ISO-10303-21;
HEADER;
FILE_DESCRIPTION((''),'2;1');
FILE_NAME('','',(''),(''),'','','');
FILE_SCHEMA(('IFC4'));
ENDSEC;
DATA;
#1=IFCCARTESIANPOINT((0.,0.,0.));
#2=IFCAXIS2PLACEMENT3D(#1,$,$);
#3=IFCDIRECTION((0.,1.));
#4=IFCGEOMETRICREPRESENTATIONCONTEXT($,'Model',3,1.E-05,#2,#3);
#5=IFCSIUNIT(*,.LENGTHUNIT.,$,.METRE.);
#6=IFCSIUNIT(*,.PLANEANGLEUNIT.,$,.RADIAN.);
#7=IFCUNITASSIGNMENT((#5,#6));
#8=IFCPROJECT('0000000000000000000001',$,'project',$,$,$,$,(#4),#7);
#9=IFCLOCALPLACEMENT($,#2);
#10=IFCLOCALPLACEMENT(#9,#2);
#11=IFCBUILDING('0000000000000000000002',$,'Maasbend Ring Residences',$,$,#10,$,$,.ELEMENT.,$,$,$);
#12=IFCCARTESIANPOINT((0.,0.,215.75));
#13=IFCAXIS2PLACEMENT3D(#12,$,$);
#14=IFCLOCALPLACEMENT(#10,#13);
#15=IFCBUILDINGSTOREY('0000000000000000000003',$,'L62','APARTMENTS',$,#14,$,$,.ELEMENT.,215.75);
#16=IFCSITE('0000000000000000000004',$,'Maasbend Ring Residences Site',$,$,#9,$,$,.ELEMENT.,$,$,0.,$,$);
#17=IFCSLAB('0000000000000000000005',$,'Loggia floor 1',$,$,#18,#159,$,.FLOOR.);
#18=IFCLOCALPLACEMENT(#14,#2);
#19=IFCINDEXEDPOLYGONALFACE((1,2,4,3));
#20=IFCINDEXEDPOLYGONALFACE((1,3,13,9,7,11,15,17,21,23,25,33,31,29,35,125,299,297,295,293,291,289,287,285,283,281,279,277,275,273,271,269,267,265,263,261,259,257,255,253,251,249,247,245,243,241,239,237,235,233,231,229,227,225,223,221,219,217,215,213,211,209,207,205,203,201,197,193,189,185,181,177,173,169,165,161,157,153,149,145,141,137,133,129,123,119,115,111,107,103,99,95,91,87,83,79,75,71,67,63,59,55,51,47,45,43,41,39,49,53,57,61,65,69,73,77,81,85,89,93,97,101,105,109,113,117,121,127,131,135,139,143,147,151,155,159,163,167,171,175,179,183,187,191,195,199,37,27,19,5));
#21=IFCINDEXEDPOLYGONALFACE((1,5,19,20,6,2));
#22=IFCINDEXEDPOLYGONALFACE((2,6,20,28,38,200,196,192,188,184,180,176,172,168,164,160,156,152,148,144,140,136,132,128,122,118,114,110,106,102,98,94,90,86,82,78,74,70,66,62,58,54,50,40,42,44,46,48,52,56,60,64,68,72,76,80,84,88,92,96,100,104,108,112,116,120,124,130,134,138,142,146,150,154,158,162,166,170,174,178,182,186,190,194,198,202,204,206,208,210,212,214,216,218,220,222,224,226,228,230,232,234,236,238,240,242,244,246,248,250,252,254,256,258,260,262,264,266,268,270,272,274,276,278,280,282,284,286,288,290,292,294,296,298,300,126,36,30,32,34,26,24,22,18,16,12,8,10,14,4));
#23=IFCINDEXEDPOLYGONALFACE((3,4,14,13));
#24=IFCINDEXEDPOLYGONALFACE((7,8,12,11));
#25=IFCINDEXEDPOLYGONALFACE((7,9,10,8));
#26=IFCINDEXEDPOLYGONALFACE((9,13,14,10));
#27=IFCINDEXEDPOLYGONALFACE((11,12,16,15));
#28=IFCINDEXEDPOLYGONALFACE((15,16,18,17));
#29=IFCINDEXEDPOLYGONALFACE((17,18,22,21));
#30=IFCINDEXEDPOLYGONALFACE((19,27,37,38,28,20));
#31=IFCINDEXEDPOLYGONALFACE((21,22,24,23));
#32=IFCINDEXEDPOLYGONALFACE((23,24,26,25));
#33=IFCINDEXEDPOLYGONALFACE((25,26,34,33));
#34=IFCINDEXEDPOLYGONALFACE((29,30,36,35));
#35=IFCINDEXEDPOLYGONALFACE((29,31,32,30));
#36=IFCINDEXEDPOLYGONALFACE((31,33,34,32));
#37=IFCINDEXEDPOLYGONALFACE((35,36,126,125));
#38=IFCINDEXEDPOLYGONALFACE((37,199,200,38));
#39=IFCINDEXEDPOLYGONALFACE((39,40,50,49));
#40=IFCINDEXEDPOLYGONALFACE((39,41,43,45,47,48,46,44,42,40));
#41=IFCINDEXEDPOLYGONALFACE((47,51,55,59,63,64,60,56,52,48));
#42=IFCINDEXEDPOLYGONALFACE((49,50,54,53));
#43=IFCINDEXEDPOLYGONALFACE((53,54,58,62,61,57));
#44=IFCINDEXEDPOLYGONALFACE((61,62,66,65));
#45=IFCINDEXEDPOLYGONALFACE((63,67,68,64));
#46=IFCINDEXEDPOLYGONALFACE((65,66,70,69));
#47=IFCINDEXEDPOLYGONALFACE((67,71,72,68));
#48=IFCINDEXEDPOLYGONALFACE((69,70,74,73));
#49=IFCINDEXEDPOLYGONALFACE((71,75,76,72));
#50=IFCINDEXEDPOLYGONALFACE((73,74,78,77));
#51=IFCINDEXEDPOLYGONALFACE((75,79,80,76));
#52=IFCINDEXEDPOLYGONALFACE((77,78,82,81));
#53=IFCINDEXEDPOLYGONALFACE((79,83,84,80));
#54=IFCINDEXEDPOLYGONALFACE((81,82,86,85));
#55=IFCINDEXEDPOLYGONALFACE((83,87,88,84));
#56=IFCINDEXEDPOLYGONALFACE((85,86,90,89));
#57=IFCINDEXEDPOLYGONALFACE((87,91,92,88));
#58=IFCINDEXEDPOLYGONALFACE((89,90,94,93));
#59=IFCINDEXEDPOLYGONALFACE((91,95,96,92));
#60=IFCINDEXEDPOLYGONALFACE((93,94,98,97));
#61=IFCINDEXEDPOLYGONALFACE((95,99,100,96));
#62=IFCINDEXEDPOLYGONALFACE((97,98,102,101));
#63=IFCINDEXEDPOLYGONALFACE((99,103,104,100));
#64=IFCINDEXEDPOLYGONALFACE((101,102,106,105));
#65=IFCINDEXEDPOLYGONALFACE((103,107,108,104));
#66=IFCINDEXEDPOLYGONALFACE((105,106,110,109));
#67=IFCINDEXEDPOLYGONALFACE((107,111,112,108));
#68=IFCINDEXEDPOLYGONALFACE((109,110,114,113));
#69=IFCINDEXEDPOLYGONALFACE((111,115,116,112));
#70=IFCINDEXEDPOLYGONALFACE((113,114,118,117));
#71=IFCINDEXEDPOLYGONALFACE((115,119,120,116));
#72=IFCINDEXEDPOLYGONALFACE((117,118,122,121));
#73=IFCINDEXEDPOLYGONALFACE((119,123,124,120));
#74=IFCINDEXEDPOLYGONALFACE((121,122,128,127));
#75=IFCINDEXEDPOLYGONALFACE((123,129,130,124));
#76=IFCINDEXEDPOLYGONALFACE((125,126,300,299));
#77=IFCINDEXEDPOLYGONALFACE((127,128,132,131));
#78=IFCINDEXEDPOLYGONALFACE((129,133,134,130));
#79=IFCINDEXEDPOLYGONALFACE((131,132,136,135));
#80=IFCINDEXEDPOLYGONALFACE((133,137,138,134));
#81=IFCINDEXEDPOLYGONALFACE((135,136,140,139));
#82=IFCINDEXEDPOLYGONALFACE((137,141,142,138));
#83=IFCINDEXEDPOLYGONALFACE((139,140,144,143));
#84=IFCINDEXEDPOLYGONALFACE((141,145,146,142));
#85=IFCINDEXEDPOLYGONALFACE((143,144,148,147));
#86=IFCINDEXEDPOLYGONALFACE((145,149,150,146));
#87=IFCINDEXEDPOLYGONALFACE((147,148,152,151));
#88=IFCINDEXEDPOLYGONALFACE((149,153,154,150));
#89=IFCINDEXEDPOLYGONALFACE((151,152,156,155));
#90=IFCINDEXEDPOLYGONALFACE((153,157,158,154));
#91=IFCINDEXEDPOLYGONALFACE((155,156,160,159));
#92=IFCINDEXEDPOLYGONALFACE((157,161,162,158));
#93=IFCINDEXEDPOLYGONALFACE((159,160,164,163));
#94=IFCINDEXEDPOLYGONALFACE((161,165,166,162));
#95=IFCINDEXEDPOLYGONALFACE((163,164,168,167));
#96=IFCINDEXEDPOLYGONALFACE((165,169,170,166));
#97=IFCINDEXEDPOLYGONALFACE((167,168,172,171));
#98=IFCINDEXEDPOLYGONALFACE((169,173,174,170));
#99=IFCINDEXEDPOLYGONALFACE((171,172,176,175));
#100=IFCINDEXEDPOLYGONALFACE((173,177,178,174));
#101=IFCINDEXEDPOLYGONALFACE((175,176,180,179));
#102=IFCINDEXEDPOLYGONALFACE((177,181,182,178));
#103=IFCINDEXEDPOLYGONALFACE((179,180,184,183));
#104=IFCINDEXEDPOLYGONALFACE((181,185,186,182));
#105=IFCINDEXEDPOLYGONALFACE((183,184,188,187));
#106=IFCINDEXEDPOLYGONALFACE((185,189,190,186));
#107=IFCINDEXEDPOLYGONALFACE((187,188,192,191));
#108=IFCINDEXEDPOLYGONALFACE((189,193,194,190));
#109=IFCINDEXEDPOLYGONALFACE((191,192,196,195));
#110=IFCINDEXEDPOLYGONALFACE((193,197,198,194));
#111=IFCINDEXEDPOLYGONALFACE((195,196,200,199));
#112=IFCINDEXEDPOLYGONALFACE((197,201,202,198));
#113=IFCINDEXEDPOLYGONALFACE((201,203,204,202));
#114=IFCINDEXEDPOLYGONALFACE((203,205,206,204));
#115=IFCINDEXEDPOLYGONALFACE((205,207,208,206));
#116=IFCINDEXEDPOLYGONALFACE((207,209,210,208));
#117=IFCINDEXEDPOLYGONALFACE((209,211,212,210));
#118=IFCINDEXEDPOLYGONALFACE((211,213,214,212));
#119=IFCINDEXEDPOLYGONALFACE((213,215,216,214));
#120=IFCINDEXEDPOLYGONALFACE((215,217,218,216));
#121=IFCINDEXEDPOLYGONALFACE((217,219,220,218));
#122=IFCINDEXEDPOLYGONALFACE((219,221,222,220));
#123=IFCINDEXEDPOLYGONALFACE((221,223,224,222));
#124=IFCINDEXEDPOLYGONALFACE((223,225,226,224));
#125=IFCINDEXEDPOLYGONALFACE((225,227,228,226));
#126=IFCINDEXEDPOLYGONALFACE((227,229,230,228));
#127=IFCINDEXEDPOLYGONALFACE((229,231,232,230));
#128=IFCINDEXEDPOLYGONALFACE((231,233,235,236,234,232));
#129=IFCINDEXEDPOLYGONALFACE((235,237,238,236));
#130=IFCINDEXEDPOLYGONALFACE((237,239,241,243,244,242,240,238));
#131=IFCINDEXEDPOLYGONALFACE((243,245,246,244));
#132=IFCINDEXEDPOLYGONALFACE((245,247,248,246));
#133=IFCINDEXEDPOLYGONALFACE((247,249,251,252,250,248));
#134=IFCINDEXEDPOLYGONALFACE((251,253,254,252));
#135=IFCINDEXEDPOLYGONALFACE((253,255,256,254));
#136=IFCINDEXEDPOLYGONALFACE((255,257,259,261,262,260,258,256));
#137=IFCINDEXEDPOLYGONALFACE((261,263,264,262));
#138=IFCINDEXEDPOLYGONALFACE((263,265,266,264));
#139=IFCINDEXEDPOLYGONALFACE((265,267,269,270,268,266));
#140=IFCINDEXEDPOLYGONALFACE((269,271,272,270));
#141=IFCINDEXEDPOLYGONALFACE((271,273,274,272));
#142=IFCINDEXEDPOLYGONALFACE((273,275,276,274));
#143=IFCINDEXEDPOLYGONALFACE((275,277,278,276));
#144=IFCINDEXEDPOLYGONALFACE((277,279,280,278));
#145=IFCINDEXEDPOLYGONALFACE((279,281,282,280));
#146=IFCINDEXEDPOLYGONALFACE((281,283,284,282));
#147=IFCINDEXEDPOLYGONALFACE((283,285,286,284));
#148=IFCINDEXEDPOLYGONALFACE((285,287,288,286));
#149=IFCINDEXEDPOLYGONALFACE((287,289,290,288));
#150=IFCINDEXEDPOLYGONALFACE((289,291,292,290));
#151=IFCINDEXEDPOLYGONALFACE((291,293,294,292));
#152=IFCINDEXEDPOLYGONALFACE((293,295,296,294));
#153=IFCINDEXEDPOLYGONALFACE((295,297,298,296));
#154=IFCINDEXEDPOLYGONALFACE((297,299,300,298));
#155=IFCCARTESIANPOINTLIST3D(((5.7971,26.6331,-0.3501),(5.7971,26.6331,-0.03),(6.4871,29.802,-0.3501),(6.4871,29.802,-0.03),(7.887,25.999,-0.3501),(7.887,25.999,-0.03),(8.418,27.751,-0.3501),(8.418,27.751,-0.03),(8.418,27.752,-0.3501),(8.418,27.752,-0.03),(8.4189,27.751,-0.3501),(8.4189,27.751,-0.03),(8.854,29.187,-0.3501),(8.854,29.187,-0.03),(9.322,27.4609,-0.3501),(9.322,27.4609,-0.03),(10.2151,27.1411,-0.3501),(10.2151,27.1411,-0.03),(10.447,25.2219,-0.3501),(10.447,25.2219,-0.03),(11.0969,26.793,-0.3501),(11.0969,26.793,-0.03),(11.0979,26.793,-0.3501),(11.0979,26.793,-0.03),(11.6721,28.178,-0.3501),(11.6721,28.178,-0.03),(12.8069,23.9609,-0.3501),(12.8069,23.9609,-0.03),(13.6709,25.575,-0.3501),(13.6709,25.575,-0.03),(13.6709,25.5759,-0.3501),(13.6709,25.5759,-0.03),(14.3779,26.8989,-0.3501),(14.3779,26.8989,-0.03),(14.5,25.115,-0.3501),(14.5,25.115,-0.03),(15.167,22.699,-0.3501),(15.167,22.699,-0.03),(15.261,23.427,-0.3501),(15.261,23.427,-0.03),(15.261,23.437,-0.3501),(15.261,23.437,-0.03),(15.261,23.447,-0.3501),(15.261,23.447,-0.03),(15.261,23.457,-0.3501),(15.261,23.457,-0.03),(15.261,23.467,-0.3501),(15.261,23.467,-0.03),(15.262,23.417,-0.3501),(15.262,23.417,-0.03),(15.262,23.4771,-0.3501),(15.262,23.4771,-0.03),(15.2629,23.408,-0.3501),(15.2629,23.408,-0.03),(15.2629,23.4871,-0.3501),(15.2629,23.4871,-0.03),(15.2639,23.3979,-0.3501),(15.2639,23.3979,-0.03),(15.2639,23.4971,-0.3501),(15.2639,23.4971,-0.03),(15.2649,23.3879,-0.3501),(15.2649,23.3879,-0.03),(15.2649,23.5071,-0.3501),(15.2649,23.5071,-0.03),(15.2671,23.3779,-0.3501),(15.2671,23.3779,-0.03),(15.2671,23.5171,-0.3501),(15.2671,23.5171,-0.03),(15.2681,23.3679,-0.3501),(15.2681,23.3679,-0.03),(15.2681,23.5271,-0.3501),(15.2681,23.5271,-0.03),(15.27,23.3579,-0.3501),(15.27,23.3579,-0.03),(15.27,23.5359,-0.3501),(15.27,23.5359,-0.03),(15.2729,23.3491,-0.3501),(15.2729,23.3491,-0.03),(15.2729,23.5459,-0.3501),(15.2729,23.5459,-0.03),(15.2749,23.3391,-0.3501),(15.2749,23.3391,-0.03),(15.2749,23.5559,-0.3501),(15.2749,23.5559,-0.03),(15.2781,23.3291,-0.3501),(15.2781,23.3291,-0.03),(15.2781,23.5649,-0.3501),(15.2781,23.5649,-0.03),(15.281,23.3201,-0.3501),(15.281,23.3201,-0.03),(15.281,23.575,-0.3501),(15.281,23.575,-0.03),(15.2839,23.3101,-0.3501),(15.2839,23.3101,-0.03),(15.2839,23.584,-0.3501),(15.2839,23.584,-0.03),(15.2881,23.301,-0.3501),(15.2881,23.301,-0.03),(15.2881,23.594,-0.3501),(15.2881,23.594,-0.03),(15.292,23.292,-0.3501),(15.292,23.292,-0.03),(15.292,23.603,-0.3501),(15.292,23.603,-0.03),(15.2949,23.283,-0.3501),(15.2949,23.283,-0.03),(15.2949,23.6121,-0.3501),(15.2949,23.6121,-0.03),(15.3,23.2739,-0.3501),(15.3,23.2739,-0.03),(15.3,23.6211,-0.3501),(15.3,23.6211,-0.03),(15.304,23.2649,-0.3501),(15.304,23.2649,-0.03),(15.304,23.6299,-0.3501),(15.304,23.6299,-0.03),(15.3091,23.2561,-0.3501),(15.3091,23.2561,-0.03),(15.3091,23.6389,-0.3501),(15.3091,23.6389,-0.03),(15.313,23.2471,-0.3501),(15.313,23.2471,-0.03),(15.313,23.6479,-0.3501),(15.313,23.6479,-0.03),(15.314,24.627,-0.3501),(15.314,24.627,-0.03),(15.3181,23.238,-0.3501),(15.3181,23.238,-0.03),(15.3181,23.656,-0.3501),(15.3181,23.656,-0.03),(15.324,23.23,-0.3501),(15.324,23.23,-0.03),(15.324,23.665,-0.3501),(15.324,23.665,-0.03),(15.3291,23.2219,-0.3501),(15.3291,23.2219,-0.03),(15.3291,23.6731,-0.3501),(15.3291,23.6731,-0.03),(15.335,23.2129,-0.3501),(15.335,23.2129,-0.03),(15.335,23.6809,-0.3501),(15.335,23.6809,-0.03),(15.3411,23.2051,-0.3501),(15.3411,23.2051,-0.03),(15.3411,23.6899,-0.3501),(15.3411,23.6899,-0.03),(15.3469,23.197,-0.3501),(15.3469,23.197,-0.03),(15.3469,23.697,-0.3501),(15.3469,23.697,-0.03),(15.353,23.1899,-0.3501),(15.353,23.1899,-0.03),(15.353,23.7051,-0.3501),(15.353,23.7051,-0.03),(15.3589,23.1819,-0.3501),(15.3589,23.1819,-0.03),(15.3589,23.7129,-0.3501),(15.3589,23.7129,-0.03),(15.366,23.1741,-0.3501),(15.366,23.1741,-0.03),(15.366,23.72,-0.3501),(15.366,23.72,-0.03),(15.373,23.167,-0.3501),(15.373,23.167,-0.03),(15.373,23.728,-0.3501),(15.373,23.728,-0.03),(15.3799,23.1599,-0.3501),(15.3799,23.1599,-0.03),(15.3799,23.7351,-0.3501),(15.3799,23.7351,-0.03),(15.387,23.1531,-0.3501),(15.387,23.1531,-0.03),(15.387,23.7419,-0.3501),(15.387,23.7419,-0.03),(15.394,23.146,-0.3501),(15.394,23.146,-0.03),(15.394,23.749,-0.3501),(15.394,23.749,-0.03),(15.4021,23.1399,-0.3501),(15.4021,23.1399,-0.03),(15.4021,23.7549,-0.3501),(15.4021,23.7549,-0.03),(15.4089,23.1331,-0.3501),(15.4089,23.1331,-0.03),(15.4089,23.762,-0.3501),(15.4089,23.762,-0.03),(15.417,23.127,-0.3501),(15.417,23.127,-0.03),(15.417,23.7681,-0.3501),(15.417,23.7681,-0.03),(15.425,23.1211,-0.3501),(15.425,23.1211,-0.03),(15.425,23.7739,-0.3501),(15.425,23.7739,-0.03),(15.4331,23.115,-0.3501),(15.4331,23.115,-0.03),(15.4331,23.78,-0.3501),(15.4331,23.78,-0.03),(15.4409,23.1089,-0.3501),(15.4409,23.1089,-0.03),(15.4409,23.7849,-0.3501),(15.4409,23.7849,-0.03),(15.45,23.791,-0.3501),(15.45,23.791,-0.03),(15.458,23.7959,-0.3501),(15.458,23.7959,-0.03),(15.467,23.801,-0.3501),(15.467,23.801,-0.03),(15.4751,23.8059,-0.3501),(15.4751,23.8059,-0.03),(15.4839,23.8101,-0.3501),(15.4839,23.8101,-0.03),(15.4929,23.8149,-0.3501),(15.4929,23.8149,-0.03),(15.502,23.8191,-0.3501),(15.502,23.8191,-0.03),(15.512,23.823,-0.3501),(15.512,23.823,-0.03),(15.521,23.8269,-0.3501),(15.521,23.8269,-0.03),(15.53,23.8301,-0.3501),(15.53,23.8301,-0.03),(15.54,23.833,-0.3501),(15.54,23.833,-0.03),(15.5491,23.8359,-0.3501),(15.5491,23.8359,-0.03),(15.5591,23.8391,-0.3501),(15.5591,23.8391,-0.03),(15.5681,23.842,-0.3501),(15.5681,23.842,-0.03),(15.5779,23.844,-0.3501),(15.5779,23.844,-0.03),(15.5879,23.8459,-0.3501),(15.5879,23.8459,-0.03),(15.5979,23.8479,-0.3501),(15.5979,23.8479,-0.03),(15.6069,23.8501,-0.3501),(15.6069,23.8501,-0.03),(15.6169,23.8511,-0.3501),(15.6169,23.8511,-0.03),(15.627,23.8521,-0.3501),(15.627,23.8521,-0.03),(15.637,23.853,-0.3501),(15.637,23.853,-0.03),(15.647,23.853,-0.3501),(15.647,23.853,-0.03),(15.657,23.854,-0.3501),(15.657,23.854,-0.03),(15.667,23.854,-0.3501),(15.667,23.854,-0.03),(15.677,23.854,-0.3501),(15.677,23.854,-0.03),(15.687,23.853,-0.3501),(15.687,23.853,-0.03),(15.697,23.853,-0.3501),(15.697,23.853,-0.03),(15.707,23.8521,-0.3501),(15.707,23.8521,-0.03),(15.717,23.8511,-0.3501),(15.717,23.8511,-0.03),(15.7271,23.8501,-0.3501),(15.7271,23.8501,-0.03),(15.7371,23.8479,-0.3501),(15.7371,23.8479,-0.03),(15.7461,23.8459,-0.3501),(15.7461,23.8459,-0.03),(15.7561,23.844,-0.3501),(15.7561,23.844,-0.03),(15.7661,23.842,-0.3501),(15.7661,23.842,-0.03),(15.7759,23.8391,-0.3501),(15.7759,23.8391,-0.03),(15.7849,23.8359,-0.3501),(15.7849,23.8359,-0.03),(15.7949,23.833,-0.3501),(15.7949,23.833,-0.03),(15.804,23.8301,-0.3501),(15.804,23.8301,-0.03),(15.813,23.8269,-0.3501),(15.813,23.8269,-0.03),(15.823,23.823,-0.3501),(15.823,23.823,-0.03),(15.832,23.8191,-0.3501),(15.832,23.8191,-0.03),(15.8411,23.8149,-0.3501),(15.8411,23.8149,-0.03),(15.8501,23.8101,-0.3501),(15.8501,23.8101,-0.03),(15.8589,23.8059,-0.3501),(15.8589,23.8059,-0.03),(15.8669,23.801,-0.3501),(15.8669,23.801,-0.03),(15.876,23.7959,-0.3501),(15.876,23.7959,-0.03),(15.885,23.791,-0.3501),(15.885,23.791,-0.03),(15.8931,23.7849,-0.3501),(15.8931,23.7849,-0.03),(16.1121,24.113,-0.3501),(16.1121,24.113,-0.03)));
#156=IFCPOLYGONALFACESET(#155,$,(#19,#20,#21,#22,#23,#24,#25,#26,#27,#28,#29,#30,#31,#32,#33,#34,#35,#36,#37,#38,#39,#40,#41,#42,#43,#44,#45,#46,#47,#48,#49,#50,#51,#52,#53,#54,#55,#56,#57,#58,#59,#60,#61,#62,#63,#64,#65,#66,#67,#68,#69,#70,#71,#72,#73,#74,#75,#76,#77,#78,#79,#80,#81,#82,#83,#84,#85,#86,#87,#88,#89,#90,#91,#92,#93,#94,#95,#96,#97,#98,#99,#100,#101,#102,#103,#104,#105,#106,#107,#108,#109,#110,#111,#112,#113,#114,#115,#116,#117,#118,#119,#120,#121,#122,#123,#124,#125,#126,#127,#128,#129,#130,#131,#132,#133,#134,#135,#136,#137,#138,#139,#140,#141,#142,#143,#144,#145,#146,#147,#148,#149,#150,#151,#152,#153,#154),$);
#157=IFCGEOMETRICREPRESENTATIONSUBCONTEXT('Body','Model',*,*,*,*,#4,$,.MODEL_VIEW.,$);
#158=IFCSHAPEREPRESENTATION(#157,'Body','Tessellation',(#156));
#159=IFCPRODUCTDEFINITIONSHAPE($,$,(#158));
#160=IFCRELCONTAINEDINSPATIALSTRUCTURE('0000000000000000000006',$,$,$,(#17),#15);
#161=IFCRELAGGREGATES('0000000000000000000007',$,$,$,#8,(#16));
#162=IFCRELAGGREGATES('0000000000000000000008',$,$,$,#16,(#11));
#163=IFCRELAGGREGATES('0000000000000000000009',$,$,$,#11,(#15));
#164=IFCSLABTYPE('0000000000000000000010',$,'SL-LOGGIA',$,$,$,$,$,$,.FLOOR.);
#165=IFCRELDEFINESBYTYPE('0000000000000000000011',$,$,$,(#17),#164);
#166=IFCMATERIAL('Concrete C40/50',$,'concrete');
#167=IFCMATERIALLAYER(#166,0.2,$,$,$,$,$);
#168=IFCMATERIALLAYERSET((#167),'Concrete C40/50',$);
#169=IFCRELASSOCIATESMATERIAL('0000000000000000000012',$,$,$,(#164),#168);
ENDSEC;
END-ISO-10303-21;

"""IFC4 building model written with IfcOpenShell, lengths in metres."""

from ifc_helpers import new_model, si_unit, direction, frame, origin, place, context, subcontext, project, spatial, polyline, outline, extrude, material, layer, layer_set, type_object, element, save


model = new_model("IFC4")

# Units and contexts
model_context = context("Model", 3, precision=1e-05, world=origin(), true_north=direction((0.0, 1.0)))
body_context = subcontext(model_context, "Body", "Model", "MODEL_VIEW")
ifc_project = project(units=[si_unit("LENGTHUNIT", "METRE"), si_unit("PLANEANGLEUNIT", "RADIAN")], contexts=[model_context])

# Site, building, storey
site_placement = place(None, origin())
site = spatial("IfcSite", under=ifc_project, at=site_placement, Name="Maasbend Ring Residences Site", CompositionType="ELEMENT", RefElevation=0.0)
building_placement = place(site_placement, origin())
building = spatial("IfcBuilding", under=site, at=building_placement, Name="Maasbend Ring Residences", CompositionType="ELEMENT")
storey_placement = place(building_placement, frame((0.0, 0.0, 215.75)))
storey = spatial("IfcBuildingStorey", under=building, at=storey_placement, Name="L62", Description="APARTMENTS", CompositionType="ELEMENT", Elevation=215.75)

# Slab
ifc_material_1 = material(Name="Concrete C40/50", Category="concrete")
ifc_layer_1 = layer(ifc_material_1, 0.2)
ifc_layer_set_1 = layer_set([ifc_layer_1], Name="Concrete C40/50")
slab_type_1 = type_object("IfcSlabType", Name="SL-LOGGIA", PredefinedType="FLOOR", material=ifc_layer_set_1)
slab_1_placement = place(storey_placement, frame((0.0, 0.0, -0.3501)))
element("IfcSlab", 1, at=slab_1_placement, inside=storey, type_object=slab_type_1, Name="Loggia floor 1", PredefinedType="FLOOR", context=body_context, shape_type="SweptSolid", body=[
    extrude(outline(polyline([(8.854, 29.187), (8.854, 29.187), (8.854, 29.187), (8.418, 27.752), (8.418, 27.752), (8.418, 27.752), (8.418, 27.752), (8.418, 27.752), (8.418, 27.752), (8.418, 27.751), (8.418, 27.751), (8.418, 27.751), (8.418, 27.751), (8.418, 27.751), (8.4189, 27.751), (8.4189, 27.751), (8.4189, 27.751), (8.4189, 27.751), (8.4189, 27.751), (8.4189, 27.751), (9.322, 27.4609), (9.322, 27.4609), (10.2151, 27.1411), (10.2151, 27.1411), (11.0969, 26.793), (11.0969, 26.793), (11.0969, 26.793), (11.0979, 26.793), (11.0979, 26.793), (11.0979, 26.793), (11.0979, 26.793), (11.0979, 26.793), (11.0979, 26.793), (11.0979, 26.793), (11.0979, 26.793), (11.0979, 26.793), (11.0979, 26.793), (11.0979, 26.793), (11.0979, 26.793), (11.0979, 26.793), (11.0979, 26.793), (11.6721, 28.178), (11.6721, 28.178), (11.6721, 28.178), (14.3779, 26.8989), (14.3779, 26.8989), (14.3779, 26.8989), (13.6709, 25.5759), (13.6709, 25.5759), (13.6709, 25.5759), (13.6709, 25.5759), (13.6709, 25.5759), (13.6709, 25.5759), (13.6709, 25.5759), (13.6709, 25.5759), (13.6709, 25.5759), (13.6709, 25.5759), (13.6709, 25.5759), (13.6709, 25.5759), (13.6709, 25.5759), (13.6709, 25.5759), (13.6709, 25.5759), (13.6709, 25.5759), (13.6709, 25.575), (14.5, 25.115), (14.5, 25.115), (15.314, 24.627), (15.314, 24.627), (16.1121, 24.113), (16.1121, 24.113), (16.1121, 24.113), (15.8931, 23.7849), (15.885, 23.791), (15.876, 23.7959), (15.8669, 23.801), (15.8589, 23.8059), (15.8501, 23.8101), (15.8411, 23.8149), (15.832, 23.8191), (15.823, 23.823), (15.813, 23.8269), (15.804, 23.8301), (15.7949, 23.833), (15.7849, 23.8359), (15.7759, 23.8391), (15.7661, 23.842), (15.7561, 23.844), (15.7461, 23.8459), (15.7371, 23.8479), (15.7271, 23.8501), (15.717, 23.8511), (15.707, 23.8521), (15.697, 23.853), (15.687, 23.853), (15.677, 23.854), (15.667, 23.854), (15.657, 23.854), (15.647, 23.853), (15.637, 23.853), (15.627, 23.8521), (15.6169, 23.8511), (15.6069, 23.8501), (15.5979, 23.8479), (15.5879, 23.8459), (15.5779, 23.844), (15.5681, 23.842), (15.5591, 23.8391), (15.5491, 23.8359), (15.54, 23.833), (15.53, 23.8301), (15.521, 23.8269), (15.512, 23.823), (15.502, 23.8191), (15.4929, 23.8149), (15.4839, 23.8101), (15.4751, 23.8059), (15.467, 23.801), (15.458, 23.7959), (15.45, 23.791), (15.4409, 23.7849), (15.4331, 23.78), (15.425, 23.7739), (15.417, 23.7681), (15.4089, 23.762), (15.4021, 23.7549), (15.394, 23.749), (15.387, 23.7419), (15.3799, 23.7351), (15.373, 23.728), (15.366, 23.72), (15.3589, 23.7129), (15.353, 23.7051), (15.3469, 23.697), (15.3411, 23.6899), (15.335, 23.6809), (15.3291, 23.6731), (15.324, 23.665), (15.3181, 23.656), (15.313, 23.6479), (15.3091, 23.6389), (15.304, 23.6299), (15.3, 23.6211), (15.2949, 23.6121), (15.292, 23.603), (15.2881, 23.594), (15.2839, 23.584), (15.281, 23.575), (15.2781, 23.5649), (15.2749, 23.5559), (15.2729, 23.5459), (15.27, 23.5359), (15.2681, 23.5271), (15.2671, 23.5171), (15.2649, 23.5071), (15.2639, 23.4971), (15.2629, 23.4871), (15.262, 23.4771), (15.261, 23.467), (15.261, 23.457), (15.261, 23.447), (15.261, 23.437), (15.261, 23.427), (15.262, 23.417), (15.2629, 23.408), (15.2639, 23.3979), (15.2649, 23.3879), (15.2671, 23.3779), (15.2681, 23.3679), (15.27, 23.3579), (15.2729, 23.3491), (15.2749, 23.3391), (15.2781, 23.3291), (15.281, 23.3201), (15.2839, 23.3101), (15.2881, 23.301), (15.292, 23.292), (15.2949, 23.283), (15.3, 23.2739), (15.304, 23.2649), (15.3091, 23.2561), (15.313, 23.2471), (15.3181, 23.238), (15.324, 23.23), (15.3291, 23.2219), (15.335, 23.2129), (15.3411, 23.2051), (15.3469, 23.197), (15.353, 23.1899), (15.3589, 23.1819), (15.366, 23.1741), (15.373, 23.167), (15.3799, 23.1599), (15.387, 23.1531), (15.394, 23.146), (15.4021, 23.1399), (15.4089, 23.1331), (15.417, 23.127), (15.425, 23.1211), (15.4331, 23.115), (15.4409, 23.1089), (15.167, 22.699), (15.167, 22.699), (15.167, 22.699), (12.8069, 23.9609), (10.447, 25.2219), (10.447, 25.2219), (10.447, 25.2219), (7.887, 25.999), (5.7971, 26.6331), (5.7971, 26.6331), (5.7971, 26.6331), (6.4871, 29.802), (6.4871, 29.802), (6.4871, 29.802), (8.854, 29.187)])), origin(), (0.0, 0.0, 1.0), 0.3201),
])

save(model, "model.ifc")
